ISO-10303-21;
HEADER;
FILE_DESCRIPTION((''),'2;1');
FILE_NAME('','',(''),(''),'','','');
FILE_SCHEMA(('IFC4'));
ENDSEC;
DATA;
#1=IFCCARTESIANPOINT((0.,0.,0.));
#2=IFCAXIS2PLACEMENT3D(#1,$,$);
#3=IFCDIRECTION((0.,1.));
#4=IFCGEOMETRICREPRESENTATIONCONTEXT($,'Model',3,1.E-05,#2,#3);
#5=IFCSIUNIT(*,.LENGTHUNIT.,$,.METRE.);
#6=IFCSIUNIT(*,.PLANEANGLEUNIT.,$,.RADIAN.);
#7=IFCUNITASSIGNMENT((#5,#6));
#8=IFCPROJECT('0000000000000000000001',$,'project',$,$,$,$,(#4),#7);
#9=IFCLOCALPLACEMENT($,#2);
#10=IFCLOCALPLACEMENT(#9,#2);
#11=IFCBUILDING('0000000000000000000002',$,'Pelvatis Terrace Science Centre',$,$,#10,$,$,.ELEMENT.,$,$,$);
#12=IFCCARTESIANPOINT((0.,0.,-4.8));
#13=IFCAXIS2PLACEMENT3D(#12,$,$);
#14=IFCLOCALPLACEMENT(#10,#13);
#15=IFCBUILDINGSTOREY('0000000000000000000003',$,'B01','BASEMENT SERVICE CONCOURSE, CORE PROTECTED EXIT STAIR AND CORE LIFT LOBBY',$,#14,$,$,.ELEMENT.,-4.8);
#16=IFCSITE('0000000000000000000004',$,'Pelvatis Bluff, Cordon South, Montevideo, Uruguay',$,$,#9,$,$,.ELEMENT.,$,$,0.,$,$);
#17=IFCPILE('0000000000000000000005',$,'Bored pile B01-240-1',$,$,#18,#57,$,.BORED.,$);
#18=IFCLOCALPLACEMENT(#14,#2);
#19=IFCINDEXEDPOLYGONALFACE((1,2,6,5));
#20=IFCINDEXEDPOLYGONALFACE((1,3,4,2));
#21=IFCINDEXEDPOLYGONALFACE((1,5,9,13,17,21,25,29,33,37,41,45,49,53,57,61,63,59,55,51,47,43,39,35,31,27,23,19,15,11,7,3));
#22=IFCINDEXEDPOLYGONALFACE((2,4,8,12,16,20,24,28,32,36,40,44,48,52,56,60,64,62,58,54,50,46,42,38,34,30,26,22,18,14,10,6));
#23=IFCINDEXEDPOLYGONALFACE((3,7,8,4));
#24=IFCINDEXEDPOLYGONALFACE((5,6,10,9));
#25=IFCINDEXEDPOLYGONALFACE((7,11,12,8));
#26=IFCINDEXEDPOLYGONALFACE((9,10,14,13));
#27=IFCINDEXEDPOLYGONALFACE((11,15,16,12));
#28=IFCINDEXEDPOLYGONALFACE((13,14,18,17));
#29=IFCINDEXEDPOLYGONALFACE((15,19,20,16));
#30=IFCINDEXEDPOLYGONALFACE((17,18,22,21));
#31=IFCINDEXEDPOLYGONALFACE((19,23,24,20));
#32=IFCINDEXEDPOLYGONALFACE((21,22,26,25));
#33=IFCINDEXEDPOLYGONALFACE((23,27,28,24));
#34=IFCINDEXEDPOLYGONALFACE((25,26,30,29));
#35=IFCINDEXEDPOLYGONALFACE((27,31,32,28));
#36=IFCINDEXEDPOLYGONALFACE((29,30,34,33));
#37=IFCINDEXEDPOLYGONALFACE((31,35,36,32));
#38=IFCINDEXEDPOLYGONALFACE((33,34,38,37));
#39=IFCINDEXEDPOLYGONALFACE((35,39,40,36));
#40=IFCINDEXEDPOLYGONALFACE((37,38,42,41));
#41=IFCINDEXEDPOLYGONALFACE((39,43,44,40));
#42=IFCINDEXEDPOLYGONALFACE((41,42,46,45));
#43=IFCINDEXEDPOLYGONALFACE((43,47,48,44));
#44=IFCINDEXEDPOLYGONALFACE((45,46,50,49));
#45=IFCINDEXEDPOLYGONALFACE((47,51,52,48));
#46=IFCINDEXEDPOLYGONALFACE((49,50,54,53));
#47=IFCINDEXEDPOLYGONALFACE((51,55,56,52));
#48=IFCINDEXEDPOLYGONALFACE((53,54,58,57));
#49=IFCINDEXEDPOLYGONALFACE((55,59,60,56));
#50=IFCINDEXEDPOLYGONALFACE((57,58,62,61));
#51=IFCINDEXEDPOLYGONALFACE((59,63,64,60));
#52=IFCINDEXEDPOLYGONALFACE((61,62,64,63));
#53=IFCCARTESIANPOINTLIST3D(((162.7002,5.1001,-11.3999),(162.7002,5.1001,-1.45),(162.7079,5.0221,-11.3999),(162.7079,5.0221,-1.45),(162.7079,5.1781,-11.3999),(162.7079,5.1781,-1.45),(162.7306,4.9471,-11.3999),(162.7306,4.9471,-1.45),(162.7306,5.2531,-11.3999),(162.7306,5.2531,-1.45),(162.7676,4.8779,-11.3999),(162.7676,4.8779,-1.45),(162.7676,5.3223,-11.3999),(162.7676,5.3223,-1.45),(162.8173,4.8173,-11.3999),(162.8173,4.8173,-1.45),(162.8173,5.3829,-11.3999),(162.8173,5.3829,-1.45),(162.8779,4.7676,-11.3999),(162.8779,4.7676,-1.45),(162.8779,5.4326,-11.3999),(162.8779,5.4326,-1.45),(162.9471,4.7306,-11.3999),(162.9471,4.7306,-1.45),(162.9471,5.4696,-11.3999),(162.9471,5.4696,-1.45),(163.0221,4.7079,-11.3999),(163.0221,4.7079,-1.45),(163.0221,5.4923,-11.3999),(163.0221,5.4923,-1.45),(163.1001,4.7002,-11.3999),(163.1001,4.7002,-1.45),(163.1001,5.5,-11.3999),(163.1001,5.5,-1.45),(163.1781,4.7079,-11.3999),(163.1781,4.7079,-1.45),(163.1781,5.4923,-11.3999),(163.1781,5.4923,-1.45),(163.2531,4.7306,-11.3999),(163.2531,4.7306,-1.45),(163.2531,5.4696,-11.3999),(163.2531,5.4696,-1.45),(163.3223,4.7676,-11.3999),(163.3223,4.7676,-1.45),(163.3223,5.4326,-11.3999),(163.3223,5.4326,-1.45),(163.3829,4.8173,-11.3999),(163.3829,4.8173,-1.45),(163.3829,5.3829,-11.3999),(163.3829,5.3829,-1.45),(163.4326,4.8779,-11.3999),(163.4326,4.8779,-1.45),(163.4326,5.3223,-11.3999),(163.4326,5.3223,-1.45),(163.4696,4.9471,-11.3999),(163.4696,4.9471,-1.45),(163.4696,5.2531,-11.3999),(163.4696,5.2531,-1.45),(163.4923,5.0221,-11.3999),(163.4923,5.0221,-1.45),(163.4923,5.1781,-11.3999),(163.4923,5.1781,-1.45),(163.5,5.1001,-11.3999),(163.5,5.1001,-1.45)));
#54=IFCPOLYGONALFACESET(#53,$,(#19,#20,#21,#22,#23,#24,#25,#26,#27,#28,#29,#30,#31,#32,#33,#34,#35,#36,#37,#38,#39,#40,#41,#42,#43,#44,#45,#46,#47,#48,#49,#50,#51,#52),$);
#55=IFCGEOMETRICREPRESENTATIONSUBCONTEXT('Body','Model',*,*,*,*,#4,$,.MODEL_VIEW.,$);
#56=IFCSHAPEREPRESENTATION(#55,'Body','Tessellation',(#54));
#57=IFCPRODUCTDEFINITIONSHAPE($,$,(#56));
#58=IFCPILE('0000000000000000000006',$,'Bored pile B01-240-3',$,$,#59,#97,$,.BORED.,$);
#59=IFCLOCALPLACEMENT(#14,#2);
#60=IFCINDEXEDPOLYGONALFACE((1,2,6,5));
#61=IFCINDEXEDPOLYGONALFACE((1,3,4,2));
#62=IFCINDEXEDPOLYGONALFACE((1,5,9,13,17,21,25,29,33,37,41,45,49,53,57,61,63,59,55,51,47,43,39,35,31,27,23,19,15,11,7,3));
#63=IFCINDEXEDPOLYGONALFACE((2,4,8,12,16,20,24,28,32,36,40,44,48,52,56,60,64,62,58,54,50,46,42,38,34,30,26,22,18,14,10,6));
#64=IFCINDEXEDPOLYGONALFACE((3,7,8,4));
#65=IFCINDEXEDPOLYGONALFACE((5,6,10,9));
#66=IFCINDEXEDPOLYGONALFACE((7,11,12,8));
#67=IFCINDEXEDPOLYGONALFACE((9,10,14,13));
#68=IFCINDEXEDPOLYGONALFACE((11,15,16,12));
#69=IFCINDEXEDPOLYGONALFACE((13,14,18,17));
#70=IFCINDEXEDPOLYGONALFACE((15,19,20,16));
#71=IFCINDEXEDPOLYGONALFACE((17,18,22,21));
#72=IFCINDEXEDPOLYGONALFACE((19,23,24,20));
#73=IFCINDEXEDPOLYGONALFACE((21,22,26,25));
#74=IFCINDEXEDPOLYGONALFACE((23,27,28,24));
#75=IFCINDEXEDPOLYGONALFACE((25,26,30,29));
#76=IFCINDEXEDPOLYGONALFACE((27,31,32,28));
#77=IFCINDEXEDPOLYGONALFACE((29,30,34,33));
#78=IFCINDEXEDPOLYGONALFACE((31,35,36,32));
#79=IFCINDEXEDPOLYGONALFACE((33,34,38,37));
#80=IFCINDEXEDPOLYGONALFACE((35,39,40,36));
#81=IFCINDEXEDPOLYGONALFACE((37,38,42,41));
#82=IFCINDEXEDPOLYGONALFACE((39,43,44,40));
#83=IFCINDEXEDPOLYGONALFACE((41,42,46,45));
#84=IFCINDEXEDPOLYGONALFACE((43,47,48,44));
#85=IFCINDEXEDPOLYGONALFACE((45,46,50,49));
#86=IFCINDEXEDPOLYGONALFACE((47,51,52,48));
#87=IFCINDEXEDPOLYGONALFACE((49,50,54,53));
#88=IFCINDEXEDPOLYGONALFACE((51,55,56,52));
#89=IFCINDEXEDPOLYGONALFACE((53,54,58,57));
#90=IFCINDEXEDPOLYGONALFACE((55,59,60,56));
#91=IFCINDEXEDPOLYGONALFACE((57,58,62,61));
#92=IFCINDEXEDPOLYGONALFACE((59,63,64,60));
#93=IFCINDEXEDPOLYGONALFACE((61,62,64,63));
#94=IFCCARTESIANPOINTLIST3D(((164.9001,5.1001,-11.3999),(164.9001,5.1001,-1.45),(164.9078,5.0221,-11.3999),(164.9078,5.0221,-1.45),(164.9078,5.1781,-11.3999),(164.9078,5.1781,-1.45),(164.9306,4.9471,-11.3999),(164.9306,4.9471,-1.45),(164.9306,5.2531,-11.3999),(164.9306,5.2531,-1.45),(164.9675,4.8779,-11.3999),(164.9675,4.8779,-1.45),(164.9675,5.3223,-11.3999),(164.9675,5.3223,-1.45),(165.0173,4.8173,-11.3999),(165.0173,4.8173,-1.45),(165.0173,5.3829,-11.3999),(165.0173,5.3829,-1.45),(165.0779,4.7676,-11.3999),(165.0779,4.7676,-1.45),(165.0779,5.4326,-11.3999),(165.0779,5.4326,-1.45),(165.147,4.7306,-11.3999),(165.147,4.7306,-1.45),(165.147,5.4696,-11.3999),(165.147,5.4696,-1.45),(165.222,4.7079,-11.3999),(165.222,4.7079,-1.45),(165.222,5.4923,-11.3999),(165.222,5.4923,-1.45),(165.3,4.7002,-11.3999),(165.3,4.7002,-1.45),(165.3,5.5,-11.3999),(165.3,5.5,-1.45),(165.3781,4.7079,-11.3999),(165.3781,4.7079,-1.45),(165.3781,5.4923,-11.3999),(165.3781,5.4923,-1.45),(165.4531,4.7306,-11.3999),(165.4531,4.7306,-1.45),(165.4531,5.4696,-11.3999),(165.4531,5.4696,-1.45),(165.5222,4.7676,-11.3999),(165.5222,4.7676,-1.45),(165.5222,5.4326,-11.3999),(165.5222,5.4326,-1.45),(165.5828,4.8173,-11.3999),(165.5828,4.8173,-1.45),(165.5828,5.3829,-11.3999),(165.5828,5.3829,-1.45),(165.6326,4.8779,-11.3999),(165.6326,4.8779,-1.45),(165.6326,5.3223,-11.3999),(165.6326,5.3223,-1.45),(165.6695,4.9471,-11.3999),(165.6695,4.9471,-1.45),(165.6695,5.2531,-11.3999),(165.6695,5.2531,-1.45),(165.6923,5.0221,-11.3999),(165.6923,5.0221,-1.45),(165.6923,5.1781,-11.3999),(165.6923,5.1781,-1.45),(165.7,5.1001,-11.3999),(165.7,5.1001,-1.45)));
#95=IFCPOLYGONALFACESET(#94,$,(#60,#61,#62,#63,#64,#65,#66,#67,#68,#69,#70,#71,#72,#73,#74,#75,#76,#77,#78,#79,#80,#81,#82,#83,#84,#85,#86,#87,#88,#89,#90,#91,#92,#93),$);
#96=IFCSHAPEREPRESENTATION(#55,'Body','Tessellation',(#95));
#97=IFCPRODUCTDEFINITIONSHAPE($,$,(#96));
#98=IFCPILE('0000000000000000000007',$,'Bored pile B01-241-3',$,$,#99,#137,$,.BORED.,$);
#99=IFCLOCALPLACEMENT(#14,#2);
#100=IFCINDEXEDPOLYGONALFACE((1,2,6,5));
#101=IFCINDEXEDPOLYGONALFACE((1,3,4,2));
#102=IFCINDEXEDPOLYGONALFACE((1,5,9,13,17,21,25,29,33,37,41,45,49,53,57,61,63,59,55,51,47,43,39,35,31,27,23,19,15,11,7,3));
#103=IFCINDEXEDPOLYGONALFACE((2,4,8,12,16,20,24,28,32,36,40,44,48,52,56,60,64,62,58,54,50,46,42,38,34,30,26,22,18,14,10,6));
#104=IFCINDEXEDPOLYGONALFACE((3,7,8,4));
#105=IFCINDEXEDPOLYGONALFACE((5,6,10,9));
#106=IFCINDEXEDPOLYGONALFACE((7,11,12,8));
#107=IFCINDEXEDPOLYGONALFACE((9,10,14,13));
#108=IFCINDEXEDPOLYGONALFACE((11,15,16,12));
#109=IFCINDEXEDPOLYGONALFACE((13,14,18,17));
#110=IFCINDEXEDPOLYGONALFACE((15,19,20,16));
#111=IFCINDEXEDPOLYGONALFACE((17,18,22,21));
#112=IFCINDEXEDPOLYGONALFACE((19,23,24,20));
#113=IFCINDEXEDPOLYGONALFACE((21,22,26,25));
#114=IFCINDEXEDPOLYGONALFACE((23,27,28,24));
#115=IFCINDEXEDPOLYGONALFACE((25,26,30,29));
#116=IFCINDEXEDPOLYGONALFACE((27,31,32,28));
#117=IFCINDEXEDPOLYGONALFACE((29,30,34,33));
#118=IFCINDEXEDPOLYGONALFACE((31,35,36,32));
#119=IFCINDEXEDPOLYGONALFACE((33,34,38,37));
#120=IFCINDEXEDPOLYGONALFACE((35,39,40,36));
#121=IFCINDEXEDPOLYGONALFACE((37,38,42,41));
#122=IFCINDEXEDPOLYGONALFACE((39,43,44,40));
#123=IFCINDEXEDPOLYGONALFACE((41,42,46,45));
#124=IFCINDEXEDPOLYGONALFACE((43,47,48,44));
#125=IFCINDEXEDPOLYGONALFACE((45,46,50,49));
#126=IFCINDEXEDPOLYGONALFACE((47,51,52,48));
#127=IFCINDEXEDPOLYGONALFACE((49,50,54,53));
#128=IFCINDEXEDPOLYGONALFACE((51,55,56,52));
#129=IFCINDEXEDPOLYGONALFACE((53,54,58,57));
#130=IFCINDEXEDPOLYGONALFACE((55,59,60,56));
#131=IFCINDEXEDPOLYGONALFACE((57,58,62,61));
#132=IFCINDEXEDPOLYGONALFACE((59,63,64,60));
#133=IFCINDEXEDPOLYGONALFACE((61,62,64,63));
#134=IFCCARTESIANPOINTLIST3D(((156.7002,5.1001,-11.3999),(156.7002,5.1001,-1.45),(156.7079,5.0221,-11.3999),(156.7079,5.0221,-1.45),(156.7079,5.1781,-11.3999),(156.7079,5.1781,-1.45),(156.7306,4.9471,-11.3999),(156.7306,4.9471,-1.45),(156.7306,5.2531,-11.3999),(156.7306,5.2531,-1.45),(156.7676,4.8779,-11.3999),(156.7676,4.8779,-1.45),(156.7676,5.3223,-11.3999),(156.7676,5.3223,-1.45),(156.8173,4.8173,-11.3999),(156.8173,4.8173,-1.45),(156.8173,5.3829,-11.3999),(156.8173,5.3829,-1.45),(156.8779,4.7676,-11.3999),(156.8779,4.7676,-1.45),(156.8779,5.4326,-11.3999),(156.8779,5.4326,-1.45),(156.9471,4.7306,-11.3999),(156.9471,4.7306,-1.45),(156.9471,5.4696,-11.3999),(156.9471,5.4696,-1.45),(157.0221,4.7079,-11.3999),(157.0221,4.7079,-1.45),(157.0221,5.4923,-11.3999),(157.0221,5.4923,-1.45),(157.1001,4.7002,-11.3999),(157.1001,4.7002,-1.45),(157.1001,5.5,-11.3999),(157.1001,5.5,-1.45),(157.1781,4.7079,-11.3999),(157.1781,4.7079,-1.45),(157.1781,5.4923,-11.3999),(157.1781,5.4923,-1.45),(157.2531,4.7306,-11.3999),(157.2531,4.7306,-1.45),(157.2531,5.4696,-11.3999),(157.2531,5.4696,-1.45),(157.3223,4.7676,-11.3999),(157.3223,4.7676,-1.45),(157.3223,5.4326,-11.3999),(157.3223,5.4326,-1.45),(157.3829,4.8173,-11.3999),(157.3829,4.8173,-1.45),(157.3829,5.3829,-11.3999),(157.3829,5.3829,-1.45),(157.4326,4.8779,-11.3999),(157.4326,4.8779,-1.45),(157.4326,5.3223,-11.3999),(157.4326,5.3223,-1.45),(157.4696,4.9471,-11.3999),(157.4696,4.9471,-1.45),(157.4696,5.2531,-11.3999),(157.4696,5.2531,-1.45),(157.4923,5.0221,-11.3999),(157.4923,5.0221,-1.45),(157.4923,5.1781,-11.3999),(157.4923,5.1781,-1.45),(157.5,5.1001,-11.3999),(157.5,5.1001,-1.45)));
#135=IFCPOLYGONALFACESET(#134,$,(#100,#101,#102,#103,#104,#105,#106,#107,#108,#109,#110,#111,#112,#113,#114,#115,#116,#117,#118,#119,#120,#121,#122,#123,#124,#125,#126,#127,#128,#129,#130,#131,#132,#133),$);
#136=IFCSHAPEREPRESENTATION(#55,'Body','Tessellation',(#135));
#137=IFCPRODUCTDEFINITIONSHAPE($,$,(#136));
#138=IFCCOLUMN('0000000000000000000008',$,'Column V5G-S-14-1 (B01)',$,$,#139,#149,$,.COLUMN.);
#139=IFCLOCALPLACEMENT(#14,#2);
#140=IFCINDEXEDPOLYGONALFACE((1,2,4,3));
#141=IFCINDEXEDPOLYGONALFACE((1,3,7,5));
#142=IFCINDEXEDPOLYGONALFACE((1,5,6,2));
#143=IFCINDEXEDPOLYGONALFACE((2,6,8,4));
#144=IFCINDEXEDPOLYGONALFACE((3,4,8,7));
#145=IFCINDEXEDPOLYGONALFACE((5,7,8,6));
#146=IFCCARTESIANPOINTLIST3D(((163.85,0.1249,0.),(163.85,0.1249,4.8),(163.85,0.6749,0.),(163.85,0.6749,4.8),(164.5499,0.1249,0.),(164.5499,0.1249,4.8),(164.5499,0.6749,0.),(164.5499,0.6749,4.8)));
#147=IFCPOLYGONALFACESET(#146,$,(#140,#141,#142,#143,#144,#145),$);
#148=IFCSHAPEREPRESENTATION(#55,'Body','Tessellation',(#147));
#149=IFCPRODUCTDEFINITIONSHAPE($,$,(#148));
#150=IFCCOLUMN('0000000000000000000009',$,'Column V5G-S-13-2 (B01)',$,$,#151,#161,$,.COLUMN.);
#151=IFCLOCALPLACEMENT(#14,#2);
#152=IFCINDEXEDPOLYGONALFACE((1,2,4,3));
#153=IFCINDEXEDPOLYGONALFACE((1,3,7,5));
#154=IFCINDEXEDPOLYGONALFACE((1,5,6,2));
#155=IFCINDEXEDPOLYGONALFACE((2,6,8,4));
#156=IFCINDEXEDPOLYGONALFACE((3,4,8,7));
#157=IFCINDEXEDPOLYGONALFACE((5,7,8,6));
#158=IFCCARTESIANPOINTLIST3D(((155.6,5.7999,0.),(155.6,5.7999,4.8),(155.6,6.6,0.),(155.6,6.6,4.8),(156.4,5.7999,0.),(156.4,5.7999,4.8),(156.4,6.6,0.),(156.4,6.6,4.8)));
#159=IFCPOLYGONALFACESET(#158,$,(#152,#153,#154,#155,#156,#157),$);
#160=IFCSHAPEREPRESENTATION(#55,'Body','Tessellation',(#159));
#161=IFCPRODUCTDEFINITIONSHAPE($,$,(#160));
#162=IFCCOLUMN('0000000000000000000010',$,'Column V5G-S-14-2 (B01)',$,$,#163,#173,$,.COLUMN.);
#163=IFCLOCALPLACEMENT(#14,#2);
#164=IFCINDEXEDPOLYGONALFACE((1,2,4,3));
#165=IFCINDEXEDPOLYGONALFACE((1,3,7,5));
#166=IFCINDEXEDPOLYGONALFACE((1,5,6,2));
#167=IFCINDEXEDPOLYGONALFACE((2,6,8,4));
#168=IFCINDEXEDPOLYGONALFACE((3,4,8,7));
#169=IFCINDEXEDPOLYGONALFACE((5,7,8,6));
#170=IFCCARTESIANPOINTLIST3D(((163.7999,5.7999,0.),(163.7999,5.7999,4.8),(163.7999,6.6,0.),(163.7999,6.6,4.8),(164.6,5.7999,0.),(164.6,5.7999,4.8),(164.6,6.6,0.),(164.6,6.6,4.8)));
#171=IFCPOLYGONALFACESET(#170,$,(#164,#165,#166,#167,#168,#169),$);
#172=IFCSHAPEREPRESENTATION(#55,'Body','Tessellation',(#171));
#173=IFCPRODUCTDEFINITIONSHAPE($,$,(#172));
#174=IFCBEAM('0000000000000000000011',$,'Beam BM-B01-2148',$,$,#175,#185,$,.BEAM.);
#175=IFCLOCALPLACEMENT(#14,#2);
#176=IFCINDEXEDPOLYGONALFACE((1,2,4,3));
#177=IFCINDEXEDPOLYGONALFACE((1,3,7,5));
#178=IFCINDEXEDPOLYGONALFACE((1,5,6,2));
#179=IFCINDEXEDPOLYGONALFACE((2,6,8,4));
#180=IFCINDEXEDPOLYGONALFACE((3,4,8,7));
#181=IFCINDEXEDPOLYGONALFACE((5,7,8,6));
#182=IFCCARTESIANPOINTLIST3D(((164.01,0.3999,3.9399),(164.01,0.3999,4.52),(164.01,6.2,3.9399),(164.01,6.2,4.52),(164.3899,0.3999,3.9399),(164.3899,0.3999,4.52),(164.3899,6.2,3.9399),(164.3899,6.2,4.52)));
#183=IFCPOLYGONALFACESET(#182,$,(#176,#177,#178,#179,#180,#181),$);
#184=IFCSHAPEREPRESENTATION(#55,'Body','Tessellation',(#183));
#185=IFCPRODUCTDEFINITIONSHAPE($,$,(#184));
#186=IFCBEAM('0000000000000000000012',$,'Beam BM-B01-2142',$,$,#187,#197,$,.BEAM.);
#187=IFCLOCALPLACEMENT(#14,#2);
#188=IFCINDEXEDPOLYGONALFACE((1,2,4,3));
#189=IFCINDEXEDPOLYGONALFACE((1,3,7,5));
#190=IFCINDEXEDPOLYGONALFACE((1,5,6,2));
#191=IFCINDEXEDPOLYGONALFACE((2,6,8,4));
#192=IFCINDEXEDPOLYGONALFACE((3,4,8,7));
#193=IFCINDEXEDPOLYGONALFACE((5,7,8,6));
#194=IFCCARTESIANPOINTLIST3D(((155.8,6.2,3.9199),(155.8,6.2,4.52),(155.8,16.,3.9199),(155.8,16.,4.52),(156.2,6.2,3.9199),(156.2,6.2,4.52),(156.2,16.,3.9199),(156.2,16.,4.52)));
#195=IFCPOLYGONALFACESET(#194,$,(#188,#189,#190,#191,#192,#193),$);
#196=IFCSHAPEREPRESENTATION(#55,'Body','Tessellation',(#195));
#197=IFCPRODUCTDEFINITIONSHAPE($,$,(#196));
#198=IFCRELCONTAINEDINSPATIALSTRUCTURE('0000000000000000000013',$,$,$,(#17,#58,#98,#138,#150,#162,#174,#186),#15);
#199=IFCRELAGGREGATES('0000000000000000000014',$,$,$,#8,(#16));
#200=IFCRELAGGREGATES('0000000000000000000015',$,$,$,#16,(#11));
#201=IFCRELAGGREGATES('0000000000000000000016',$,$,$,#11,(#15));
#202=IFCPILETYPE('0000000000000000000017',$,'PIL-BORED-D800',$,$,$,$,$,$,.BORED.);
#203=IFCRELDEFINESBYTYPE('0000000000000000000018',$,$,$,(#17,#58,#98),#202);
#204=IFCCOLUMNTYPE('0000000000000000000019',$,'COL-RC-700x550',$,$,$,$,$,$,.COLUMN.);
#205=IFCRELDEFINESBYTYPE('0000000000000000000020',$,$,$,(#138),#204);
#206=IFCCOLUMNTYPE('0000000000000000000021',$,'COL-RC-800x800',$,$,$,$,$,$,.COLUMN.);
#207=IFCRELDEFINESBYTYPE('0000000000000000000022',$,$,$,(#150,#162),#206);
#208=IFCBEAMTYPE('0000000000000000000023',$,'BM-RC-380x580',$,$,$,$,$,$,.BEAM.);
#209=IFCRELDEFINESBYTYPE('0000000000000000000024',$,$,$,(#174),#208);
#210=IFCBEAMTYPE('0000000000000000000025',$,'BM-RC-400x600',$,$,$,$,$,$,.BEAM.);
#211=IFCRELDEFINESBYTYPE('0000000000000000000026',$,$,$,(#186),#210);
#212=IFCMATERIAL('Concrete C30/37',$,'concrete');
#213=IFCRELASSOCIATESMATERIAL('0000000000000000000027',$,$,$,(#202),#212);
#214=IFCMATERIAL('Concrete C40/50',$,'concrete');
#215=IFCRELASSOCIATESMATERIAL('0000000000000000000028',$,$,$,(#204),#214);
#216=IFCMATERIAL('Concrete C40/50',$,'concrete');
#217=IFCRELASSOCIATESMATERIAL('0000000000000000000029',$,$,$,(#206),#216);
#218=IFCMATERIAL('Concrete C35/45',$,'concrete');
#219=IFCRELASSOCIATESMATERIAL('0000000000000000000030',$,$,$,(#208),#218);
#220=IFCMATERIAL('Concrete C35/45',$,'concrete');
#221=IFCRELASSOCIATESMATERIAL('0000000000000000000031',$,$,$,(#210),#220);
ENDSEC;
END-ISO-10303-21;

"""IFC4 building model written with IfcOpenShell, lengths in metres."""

from ifc_helpers import new_model, si_unit, direction, frame, origin, origin_2d, place, context, subcontext, project, spatial, rectangle, circle, extrude, material, material_profile, profile_set, type_object, element, save


model = new_model("IFC4")

# Units and contexts
model_context = context("Model", 3, precision=1e-05, world=origin(), true_north=direction((0.0, 1.0)))
body_context = subcontext(model_context, "Body", "Model", "MODEL_VIEW")
ifc_project = project(units=[si_unit("LENGTHUNIT", "METRE"), si_unit("PLANEANGLEUNIT", "RADIAN")], contexts=[model_context])

# Site, building, storey
site_placement = place(None, origin())
site = spatial("IfcSite", under=ifc_project, at=site_placement, Name="Pelvatis Bluff, Cordon South, Montevideo, Uruguay", CompositionType="ELEMENT", RefElevation=0.0)
building_placement = place(site_placement, origin())
building = spatial("IfcBuilding", under=site, at=building_placement, Name="Pelvatis Terrace Science Centre", CompositionType="ELEMENT")
storey_placement = place(building_placement, frame((0.0, 0.0, -4.8)))
storey = spatial("IfcBuildingStorey", under=building, at=storey_placement, Name="B01", Description="BASEMENT SERVICE CONCOURSE, CORE PROTECTED EXIT STAIR AND CORE LIFT LOBBY", CompositionType="ELEMENT", Elevation=-4.8)

# Piles
ifc_material_1 = material(Name="Concrete C30/37", Category="concrete")
ifc_material_profile_1 = material_profile(ifc_material_1, circle(Radius=0.3999, at=origin_2d()), Name="PILE D800")
ifc_profile_set_1 = profile_set([ifc_material_profile_1], Name="Concrete C30/37")
pile_type = type_object("IfcPileType", Name="PIL-BORED-D800", PredefinedType="BORED", material=ifc_profile_set_1)
for number, where, z_axis, x_axis, name in (
    (1, (163.1001, 5.1001, -1.45), (0.0, 0.0, -1.0), (1.0, 0.0, 0.0), "Bored pile B01-240-1"),
    (2, (165.3, 5.1001, -1.45), (0.0, 0.0, -1.0), (1.0, 0.0, 0.0), "Bored pile B01-240-3"),
    (3, (157.1001, 5.1001, -1.45), (0.0, 0.0, -1.0), (1.0, 0.0, 0.0), "Bored pile B01-241-3"),
):
    element("IfcPile", number, at=place(storey_placement, frame(where, z_axis=z_axis, x_axis=x_axis)), inside=storey, type_object=pile_type, Name=name, PredefinedType="BORED", context=body_context, shape_type="SweptSolid", body=[
        extrude(circle(Radius=0.3999, at=origin_2d()), origin(), (0.0, 0.0, 1.0), 9.95),
    ])

# Columns
ifc_material_2 = material(Name="Concrete C40/50", Category="concrete")
ifc_material_profile_2 = material_profile(ifc_material_2, rectangle(XDim=0.7, YDim=0.55, at=origin_2d()), Name="RC-COL 700x550")
ifc_profile_set_2 = profile_set([ifc_material_profile_2], Name="Concrete C40/50")
column_type_1 = type_object("IfcColumnType", Name="COL-RC-700x550", PredefinedType="COLUMN", material=ifc_profile_set_2)
column_placement = place(storey_placement, frame((164.2, 0.3999, 0.0), z_axis=(0.0, 0.0, 1.0), x_axis=(1.0, 0.0, 0.0)))
element("IfcColumn", 4, at=column_placement, inside=storey, type_object=column_type_1, Name="Column V5G-S-14-1 (B01)", PredefinedType="COLUMN", context=body_context, shape_type="SweptSolid", body=[
    extrude(rectangle(XDim=0.7, YDim=0.55, at=origin_2d()), origin(), (0.0, 0.0, 1.0), 4.8),
])
ifc_material_3 = material(Name="Concrete C40/50", Category="concrete")
ifc_material_profile_3 = material_profile(ifc_material_3, rectangle(XDim=0.8, YDim=0.8, at=origin_2d()), Name="RC-COL 800x800")
ifc_profile_set_3 = profile_set([ifc_material_profile_3], Name="Concrete C40/50")
column_type_2 = type_object("IfcColumnType", Name="COL-RC-800x800", PredefinedType="COLUMN", material=ifc_profile_set_3)
for number, where, z_axis, x_axis, name in (
    (5, (156.0, 6.2, 0.0), (0.0, 0.0, 1.0), (1.0, 0.0, 0.0), "Column V5G-S-13-2 (B01)"),
    (6, (164.2, 6.2, 0.0), (0.0, 0.0, 1.0), (1.0, 0.0, 0.0), "Column V5G-S-14-2 (B01)"),
):
    element("IfcColumn", number, at=place(storey_placement, frame(where, z_axis=z_axis, x_axis=x_axis)), inside=storey, type_object=column_type_2, Name=name, PredefinedType="COLUMN", context=body_context, shape_type="SweptSolid", body=[
        extrude(rectangle(XDim=0.8, YDim=0.8, at=origin_2d()), origin(), (0.0, 0.0, 1.0), 4.8),
    ])

# Beams
ifc_material_4 = material(Name="Concrete C35/45", Category="concrete")
ifc_material_profile_4 = material_profile(ifc_material_4, rectangle(XDim=0.3799, YDim=0.5801, at=origin_2d()), Name="RC-BM 380x580")
ifc_profile_set_4 = profile_set([ifc_material_profile_4], Name="Concrete C35/45")
beam_type_1 = type_object("IfcBeamType", Name="BM-RC-380x580", PredefinedType="BEAM", material=ifc_profile_set_4)
beam_1_placement = place(storey_placement, frame((164.2, 0.3999, 4.23), z_axis=(0.0, 1.0, 0.0), x_axis=(-1.0, 0.0, 0.0)))
element("IfcBeam", 7, at=beam_1_placement, inside=storey, type_object=beam_type_1, Name="Beam BM-B01-2148", PredefinedType="BEAM", context=body_context, shape_type="SweptSolid", body=[
    extrude(rectangle(XDim=0.3799, YDim=0.5801, at=origin_2d()), origin(), (0.0, 0.0, 1.0), 5.8),
])
ifc_material_5 = material(Name="Concrete C35/45", Category="concrete")
ifc_material_profile_5 = material_profile(ifc_material_5, rectangle(XDim=0.3999, YDim=0.6001, at=origin_2d()), Name="RC-BM 400x600")
ifc_profile_set_5 = profile_set([ifc_material_profile_5], Name="Concrete C35/45")
beam_type_2 = type_object("IfcBeamType", Name="BM-RC-400x600", PredefinedType="BEAM", material=ifc_profile_set_5)
beam_2_placement = place(storey_placement, frame((156.0, 6.2, 4.22), z_axis=(0.0, 1.0, 0.0), x_axis=(-1.0, 0.0, 0.0)))
element("IfcBeam", 8, at=beam_2_placement, inside=storey, type_object=beam_type_2, Name="Beam BM-B01-2142", PredefinedType="BEAM", context=body_context, shape_type="SweptSolid", body=[
    extrude(rectangle(XDim=0.3999, YDim=0.6001, at=origin_2d()), origin(), (0.0, 0.0, 1.0), 9.8),
])

save(model, "model.ifc")
